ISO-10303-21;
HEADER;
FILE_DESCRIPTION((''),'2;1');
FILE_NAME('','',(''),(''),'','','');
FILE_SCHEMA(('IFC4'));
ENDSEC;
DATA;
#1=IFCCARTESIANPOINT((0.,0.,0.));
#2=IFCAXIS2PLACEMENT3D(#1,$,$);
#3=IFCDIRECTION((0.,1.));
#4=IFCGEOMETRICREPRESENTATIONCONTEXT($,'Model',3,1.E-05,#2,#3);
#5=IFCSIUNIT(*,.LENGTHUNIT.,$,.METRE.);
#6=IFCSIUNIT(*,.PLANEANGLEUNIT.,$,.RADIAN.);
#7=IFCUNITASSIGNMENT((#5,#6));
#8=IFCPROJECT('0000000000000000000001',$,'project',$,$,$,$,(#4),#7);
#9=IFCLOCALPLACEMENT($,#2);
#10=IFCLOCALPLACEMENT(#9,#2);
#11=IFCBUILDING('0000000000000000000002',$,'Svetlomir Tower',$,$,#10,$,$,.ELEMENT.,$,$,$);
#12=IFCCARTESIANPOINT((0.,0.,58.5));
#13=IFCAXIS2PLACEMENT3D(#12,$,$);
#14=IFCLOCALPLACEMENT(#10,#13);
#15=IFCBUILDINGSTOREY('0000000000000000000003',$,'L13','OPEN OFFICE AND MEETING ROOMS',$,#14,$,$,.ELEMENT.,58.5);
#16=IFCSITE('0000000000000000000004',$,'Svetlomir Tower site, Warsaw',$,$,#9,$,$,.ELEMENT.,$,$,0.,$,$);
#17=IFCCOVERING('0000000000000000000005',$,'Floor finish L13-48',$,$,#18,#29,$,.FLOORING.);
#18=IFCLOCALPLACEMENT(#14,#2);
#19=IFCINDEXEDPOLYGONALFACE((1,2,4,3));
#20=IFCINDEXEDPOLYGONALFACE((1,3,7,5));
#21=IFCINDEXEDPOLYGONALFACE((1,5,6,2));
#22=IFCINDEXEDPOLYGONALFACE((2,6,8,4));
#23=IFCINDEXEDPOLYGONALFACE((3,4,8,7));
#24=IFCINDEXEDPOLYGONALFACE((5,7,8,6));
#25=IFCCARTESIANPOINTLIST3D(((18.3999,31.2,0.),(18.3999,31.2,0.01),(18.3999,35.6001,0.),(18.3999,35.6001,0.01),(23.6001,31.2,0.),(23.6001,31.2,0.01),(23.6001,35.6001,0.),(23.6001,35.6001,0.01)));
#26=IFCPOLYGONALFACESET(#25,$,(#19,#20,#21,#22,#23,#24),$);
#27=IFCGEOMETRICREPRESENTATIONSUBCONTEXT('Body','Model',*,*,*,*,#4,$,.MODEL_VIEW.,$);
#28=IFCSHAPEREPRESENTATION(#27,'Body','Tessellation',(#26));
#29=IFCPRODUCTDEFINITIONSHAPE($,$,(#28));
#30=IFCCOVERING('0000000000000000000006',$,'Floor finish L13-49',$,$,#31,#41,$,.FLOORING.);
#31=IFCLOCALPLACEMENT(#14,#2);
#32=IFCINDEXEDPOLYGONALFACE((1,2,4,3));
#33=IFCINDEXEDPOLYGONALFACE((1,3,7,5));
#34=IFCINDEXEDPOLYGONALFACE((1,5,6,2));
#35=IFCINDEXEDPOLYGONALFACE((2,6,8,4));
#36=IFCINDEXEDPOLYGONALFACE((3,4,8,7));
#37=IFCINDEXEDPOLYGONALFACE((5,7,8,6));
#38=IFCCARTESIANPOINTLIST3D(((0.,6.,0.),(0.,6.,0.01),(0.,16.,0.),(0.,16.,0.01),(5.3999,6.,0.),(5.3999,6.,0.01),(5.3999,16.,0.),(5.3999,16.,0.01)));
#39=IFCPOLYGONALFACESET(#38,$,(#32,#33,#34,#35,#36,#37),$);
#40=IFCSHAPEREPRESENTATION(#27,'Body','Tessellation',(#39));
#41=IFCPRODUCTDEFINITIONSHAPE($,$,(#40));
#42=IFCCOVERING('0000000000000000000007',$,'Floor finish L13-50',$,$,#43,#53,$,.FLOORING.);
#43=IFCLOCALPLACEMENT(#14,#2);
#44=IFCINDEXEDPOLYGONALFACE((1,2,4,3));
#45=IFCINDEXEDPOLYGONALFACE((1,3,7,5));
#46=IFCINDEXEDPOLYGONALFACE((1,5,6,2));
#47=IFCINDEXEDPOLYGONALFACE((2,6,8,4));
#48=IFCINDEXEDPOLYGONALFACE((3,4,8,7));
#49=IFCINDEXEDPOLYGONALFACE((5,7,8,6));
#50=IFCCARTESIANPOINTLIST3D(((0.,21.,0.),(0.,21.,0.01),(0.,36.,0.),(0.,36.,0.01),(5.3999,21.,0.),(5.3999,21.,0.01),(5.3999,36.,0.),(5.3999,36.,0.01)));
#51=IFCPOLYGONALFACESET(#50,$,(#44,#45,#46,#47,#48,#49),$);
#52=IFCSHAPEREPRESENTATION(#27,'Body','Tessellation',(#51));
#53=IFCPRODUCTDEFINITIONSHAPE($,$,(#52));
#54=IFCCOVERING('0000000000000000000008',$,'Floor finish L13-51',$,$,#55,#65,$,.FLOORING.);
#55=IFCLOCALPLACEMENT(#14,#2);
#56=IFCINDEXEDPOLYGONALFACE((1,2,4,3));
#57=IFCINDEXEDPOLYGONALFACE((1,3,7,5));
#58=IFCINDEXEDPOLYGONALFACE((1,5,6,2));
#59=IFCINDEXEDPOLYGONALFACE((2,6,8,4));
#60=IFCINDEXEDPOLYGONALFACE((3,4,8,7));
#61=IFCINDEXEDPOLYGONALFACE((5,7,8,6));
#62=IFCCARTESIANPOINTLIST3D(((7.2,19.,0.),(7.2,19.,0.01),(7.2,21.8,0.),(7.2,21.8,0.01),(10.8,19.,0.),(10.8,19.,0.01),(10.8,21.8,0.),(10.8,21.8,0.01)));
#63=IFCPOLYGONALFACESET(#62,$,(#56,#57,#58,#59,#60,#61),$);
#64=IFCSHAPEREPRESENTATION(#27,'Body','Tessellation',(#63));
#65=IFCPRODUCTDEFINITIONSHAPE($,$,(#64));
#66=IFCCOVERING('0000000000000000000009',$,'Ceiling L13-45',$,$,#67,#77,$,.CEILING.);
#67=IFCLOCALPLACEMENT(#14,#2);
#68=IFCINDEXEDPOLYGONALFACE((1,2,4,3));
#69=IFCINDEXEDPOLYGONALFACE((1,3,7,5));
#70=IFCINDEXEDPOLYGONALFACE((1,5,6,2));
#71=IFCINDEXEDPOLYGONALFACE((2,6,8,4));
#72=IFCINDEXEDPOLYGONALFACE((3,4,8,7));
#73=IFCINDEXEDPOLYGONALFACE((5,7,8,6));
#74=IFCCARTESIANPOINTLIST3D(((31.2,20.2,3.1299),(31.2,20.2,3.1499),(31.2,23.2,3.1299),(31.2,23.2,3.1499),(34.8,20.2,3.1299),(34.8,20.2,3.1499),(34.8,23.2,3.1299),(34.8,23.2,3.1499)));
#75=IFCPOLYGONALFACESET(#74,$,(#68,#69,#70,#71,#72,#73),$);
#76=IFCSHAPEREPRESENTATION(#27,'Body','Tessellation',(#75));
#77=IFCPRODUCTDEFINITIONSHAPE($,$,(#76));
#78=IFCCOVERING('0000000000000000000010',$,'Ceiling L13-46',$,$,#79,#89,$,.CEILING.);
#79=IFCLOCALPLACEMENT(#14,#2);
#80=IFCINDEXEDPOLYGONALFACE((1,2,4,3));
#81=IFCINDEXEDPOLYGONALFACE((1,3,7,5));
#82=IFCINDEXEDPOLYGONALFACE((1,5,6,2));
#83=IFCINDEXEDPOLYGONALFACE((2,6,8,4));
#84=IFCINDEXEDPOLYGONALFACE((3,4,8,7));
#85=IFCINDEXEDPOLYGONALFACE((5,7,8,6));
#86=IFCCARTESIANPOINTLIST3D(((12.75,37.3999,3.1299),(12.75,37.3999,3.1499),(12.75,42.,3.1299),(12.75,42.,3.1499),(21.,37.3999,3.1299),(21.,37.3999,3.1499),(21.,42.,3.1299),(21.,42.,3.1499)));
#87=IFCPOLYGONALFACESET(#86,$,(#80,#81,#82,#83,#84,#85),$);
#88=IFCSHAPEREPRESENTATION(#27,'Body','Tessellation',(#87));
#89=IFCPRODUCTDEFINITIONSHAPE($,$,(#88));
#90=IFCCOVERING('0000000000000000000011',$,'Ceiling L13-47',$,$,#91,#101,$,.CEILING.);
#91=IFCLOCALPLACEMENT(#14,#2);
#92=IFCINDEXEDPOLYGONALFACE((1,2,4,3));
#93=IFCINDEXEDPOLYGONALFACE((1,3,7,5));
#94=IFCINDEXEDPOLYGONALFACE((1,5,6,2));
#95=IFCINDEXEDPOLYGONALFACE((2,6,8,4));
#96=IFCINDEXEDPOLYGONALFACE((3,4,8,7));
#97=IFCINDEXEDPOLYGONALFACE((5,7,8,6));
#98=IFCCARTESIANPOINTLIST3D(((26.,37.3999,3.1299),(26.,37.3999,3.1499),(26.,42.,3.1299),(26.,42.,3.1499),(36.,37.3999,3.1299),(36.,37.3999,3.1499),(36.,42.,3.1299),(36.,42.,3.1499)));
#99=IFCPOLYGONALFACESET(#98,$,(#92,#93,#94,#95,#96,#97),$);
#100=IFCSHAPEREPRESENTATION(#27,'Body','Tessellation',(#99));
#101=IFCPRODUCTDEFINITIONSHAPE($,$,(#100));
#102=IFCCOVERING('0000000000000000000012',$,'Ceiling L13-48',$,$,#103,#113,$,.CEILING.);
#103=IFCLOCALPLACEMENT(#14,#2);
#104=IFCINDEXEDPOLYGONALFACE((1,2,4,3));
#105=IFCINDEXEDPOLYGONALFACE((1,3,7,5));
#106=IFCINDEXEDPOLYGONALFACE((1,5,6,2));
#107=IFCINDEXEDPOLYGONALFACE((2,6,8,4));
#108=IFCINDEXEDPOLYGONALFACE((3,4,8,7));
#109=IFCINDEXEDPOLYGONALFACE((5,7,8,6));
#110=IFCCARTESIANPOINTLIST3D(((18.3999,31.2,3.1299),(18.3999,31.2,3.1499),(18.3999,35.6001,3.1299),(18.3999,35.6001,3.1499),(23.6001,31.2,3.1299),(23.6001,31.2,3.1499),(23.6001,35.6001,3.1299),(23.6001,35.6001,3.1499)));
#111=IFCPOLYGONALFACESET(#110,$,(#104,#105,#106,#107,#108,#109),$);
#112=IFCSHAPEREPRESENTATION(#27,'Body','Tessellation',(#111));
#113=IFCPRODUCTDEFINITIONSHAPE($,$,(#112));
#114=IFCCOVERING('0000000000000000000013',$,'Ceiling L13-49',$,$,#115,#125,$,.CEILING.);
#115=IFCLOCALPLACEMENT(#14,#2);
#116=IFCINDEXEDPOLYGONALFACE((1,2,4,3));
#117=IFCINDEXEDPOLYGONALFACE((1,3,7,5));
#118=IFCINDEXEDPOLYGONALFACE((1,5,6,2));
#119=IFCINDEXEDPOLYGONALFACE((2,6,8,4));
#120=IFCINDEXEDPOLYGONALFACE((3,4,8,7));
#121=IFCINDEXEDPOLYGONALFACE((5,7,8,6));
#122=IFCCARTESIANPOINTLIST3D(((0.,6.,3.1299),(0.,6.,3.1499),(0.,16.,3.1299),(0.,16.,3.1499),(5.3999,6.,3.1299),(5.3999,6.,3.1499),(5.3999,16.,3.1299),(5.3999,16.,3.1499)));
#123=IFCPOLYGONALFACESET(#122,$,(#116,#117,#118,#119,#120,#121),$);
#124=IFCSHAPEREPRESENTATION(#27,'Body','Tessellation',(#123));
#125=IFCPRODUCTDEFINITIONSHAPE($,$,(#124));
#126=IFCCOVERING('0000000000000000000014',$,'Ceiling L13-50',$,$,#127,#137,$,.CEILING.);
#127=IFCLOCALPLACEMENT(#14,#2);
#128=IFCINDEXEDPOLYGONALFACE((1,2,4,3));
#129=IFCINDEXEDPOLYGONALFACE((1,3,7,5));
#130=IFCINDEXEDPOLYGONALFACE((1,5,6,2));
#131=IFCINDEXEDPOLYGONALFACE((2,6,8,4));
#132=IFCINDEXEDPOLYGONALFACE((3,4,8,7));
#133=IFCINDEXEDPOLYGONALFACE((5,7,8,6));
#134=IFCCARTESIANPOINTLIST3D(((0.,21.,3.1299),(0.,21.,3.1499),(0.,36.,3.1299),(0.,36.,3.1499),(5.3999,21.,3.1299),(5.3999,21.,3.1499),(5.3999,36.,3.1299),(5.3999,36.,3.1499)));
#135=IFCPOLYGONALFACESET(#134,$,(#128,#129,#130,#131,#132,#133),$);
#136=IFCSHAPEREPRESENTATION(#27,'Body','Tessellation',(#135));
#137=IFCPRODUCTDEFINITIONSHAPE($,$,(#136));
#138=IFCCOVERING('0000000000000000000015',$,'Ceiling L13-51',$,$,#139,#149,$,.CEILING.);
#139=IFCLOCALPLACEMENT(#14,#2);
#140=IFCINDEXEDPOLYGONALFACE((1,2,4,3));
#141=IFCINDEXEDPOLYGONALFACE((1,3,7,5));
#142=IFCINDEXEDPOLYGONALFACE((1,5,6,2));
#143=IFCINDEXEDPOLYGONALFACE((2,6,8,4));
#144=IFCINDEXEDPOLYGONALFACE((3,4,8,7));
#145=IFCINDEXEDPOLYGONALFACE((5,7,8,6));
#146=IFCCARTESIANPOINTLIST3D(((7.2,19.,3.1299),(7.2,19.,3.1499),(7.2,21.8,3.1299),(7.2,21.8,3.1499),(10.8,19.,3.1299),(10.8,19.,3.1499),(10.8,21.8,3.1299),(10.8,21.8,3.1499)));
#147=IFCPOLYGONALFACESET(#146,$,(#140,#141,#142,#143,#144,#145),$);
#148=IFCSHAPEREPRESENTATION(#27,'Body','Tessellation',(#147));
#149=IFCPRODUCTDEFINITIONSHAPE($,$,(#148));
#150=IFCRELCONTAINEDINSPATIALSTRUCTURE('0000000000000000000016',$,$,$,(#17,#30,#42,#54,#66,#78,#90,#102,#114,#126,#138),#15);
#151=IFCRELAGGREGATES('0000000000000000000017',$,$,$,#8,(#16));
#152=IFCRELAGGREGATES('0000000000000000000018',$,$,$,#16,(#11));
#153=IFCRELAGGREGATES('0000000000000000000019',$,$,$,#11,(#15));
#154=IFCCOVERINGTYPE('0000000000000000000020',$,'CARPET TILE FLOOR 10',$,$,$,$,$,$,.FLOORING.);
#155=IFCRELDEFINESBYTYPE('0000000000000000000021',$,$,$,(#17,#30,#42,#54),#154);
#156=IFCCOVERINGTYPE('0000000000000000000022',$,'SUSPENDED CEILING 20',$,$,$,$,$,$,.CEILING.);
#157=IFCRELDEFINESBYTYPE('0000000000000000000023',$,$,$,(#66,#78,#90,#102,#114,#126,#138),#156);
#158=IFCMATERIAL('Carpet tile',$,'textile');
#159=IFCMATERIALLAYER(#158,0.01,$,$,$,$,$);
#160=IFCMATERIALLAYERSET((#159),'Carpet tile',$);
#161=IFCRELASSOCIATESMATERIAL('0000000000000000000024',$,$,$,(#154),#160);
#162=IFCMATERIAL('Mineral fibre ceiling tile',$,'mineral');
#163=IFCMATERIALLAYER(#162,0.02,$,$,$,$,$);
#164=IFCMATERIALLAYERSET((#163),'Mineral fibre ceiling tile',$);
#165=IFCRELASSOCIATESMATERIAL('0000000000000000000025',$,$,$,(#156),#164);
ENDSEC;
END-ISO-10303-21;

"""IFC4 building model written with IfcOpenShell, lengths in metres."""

from ifc_helpers import new_model, si_unit, direction, frame, origin, place, context, subcontext, project, spatial, polyline, outline, extrude, material, layer, layer_set, type_object, element, save


model = new_model("IFC4")

# Units and contexts
model_context = context("Model", 3, precision=1e-05, world=origin(), true_north=direction((0.0, 1.0)))
body_context = subcontext(model_context, "Body", "Model", "MODEL_VIEW")
ifc_project = project(units=[si_unit("LENGTHUNIT", "METRE"), si_unit("PLANEANGLEUNIT", "RADIAN")], contexts=[model_context])

# Site, building, storey
site_placement = place(None, origin())
site = spatial("IfcSite", under=ifc_project, at=site_placement, Name="Svetlomir Tower site, Warsaw", CompositionType="ELEMENT", RefElevation=0.0)
building_placement = place(site_placement, origin())
building = spatial("IfcBuilding", under=site, at=building_placement, Name="Svetlomir Tower", CompositionType="ELEMENT")
storey_placement = place(building_placement, frame((0.0, 0.0, 58.5)))
storey = spatial("IfcBuildingStorey", under=building, at=storey_placement, Name="L13", Description="OPEN OFFICE AND MEETING ROOMS", CompositionType="ELEMENT", Elevation=58.5)

# Coverings
ifc_material_1 = material(Name="Carpet tile", Category="textile")
ifc_layer_1 = layer(ifc_material_1, 0.01)
ifc_layer_set_1 = layer_set([ifc_layer_1], Name="Carpet tile")
covering_type_1 = type_object("IfcCoveringType", Name="CARPET TILE FLOOR 10", PredefinedType="FLOORING", material=ifc_layer_set_1)
covering_1_placement = place(storey_placement, origin())
element("IfcCovering", 1, at=covering_1_placement, inside=storey, type_object=covering_type_1, Name="Floor finish L13-48", PredefinedType="FLOORING", context=body_context, shape_type="SweptSolid", body=[
    extrude(outline(polyline([(18.3999, 31.2), (18.3999, 35.6001), (23.6001, 35.6001), (23.6001, 31.2), (18.3999, 31.2)])), origin(), (0.0, 0.0, 1.0), 0.01),
])
covering_2_placement = place(storey_placement, origin())
element("IfcCovering", 2, at=covering_2_placement, inside=storey, type_object=covering_type_1, Name="Floor finish L13-49", PredefinedType="FLOORING", context=body_context, shape_type="SweptSolid", body=[
    extrude(outline(polyline([(0.0, 16.0), (5.3999, 16.0), (5.3999, 6.0), (0.0, 6.0), (0.0, 16.0)])), origin(), (0.0, 0.0, 1.0), 0.01),
])
covering_3_placement = place(storey_placement, origin())
element("IfcCovering", 3, at=covering_3_placement, inside=storey, type_object=covering_type_1, Name="Floor finish L13-50", PredefinedType="FLOORING", context=body_context, shape_type="SweptSolid", body=[
    extrude(outline(polyline([(0.0, 36.0), (5.3999, 36.0), (5.3999, 21.0), (0.0, 21.0), (0.0, 36.0)])), origin(), (0.0, 0.0, 1.0), 0.01),
])
covering_4_placement = place(storey_placement, origin())
element("IfcCovering", 4, at=covering_4_placement, inside=storey, type_object=covering_type_1, Name="Floor finish L13-51", PredefinedType="FLOORING", context=body_context, shape_type="SweptSolid", body=[
    extrude(outline(polyline([(7.2, 19.0), (7.2, 21.8), (10.8, 21.8), (10.8, 19.0), (7.2, 19.0)])), origin(), (0.0, 0.0, 1.0), 0.01),
])
ifc_material_2 = material(Name="Mineral fibre ceiling tile", Category="mineral")
ifc_layer_2 = layer(ifc_material_2, 0.02)
ifc_layer_set_2 = layer_set([ifc_layer_2], Name="Mineral fibre ceiling tile")
covering_type_2 = type_object("IfcCoveringType", Name="SUSPENDED CEILING 20", PredefinedType="CEILING", material=ifc_layer_set_2)
covering_5_placement = place(storey_placement, frame((0.0, 0.0, 3.1299)))
element("IfcCovering", 5, at=covering_5_placement, inside=storey, type_object=covering_type_2, Name="Ceiling L13-45", PredefinedType="CEILING", context=body_context, shape_type="SweptSolid", body=[
    extrude(outline(polyline([(31.2, 23.2), (34.8, 23.2), (34.8, 20.2), (31.2, 20.2), (31.2, 23.2)])), origin(), (0.0, 0.0, 1.0), 0.02),
])
covering_6_placement = place(storey_placement, frame((0.0, 0.0, 3.1299)))
element("IfcCovering", 6, at=covering_6_placement, inside=storey, type_object=covering_type_2, Name="Ceiling L13-46", PredefinedType="CEILING", context=body_context, shape_type="SweptSolid", body=[
    extrude(outline(polyline([(21.0, 42.0), (21.0, 37.3999), (12.75, 37.3999), (12.75, 42.0), (21.0, 42.0)])), origin(), (0.0, 0.0, 1.0), 0.02),
])
covering_7_placement = place(storey_placement, frame((0.0, 0.0, 3.1299)))
element("IfcCovering", 7, at=covering_7_placement, inside=storey, type_object=covering_type_2, Name="Ceiling L13-47", PredefinedType="CEILING", context=body_context, shape_type="SweptSolid", body=[
    extrude(outline(polyline([(36.0, 42.0), (36.0, 37.3999), (26.0, 37.3999), (26.0, 42.0), (36.0, 42.0)])), origin(), (0.0, 0.0, 1.0), 0.02),
])
covering_8_placement = place(storey_placement, frame((0.0, 0.0, 3.1299)))
element("IfcCovering", 8, at=covering_8_placement, inside=storey, type_object=covering_type_2, Name="Ceiling L13-48", PredefinedType="CEILING", context=body_context, shape_type="SweptSolid", body=[
    extrude(outline(polyline([(18.3999, 31.2), (18.3999, 35.6001), (23.6001, 35.6001), (23.6001, 31.2), (18.3999, 31.2)])), origin(), (0.0, 0.0, 1.0), 0.02),
])
covering_9_placement = place(storey_placement, frame((0.0, 0.0, 3.1299)))
element("IfcCovering", 9, at=covering_9_placement, inside=storey, type_object=covering_type_2, Name="Ceiling L13-49", PredefinedType="CEILING", context=body_context, shape_type="SweptSolid", body=[
    extrude(outline(polyline([(0.0, 16.0), (5.3999, 16.0), (5.3999, 6.0), (0.0, 6.0), (0.0, 16.0)])), origin(), (0.0, 0.0, 1.0), 0.02),
])
covering_10_placement = place(storey_placement, frame((0.0, 0.0, 3.1299)))
element("IfcCovering", 10, at=covering_10_placement, inside=storey, type_object=covering_type_2, Name="Ceiling L13-50", PredefinedType="CEILING", context=body_context, shape_type="SweptSolid", body=[
    extrude(outline(polyline([(0.0, 36.0), (5.3999, 36.0), (5.3999, 21.0), (0.0, 21.0), (0.0, 36.0)])), origin(), (0.0, 0.0, 1.0), 0.02),
])
covering_11_placement = place(storey_placement, frame((0.0, 0.0, 3.1299)))
element("IfcCovering", 11, at=covering_11_placement, inside=storey, type_object=covering_type_2, Name="Ceiling L13-51", PredefinedType="CEILING", context=body_context, shape_type="SweptSolid", body=[
    extrude(outline(polyline([(7.2, 19.0), (7.2, 21.8), (10.8, 21.8), (10.8, 19.0), (7.2, 19.0)])), origin(), (0.0, 0.0, 1.0), 0.02),
])

save(model, "model.ifc")
